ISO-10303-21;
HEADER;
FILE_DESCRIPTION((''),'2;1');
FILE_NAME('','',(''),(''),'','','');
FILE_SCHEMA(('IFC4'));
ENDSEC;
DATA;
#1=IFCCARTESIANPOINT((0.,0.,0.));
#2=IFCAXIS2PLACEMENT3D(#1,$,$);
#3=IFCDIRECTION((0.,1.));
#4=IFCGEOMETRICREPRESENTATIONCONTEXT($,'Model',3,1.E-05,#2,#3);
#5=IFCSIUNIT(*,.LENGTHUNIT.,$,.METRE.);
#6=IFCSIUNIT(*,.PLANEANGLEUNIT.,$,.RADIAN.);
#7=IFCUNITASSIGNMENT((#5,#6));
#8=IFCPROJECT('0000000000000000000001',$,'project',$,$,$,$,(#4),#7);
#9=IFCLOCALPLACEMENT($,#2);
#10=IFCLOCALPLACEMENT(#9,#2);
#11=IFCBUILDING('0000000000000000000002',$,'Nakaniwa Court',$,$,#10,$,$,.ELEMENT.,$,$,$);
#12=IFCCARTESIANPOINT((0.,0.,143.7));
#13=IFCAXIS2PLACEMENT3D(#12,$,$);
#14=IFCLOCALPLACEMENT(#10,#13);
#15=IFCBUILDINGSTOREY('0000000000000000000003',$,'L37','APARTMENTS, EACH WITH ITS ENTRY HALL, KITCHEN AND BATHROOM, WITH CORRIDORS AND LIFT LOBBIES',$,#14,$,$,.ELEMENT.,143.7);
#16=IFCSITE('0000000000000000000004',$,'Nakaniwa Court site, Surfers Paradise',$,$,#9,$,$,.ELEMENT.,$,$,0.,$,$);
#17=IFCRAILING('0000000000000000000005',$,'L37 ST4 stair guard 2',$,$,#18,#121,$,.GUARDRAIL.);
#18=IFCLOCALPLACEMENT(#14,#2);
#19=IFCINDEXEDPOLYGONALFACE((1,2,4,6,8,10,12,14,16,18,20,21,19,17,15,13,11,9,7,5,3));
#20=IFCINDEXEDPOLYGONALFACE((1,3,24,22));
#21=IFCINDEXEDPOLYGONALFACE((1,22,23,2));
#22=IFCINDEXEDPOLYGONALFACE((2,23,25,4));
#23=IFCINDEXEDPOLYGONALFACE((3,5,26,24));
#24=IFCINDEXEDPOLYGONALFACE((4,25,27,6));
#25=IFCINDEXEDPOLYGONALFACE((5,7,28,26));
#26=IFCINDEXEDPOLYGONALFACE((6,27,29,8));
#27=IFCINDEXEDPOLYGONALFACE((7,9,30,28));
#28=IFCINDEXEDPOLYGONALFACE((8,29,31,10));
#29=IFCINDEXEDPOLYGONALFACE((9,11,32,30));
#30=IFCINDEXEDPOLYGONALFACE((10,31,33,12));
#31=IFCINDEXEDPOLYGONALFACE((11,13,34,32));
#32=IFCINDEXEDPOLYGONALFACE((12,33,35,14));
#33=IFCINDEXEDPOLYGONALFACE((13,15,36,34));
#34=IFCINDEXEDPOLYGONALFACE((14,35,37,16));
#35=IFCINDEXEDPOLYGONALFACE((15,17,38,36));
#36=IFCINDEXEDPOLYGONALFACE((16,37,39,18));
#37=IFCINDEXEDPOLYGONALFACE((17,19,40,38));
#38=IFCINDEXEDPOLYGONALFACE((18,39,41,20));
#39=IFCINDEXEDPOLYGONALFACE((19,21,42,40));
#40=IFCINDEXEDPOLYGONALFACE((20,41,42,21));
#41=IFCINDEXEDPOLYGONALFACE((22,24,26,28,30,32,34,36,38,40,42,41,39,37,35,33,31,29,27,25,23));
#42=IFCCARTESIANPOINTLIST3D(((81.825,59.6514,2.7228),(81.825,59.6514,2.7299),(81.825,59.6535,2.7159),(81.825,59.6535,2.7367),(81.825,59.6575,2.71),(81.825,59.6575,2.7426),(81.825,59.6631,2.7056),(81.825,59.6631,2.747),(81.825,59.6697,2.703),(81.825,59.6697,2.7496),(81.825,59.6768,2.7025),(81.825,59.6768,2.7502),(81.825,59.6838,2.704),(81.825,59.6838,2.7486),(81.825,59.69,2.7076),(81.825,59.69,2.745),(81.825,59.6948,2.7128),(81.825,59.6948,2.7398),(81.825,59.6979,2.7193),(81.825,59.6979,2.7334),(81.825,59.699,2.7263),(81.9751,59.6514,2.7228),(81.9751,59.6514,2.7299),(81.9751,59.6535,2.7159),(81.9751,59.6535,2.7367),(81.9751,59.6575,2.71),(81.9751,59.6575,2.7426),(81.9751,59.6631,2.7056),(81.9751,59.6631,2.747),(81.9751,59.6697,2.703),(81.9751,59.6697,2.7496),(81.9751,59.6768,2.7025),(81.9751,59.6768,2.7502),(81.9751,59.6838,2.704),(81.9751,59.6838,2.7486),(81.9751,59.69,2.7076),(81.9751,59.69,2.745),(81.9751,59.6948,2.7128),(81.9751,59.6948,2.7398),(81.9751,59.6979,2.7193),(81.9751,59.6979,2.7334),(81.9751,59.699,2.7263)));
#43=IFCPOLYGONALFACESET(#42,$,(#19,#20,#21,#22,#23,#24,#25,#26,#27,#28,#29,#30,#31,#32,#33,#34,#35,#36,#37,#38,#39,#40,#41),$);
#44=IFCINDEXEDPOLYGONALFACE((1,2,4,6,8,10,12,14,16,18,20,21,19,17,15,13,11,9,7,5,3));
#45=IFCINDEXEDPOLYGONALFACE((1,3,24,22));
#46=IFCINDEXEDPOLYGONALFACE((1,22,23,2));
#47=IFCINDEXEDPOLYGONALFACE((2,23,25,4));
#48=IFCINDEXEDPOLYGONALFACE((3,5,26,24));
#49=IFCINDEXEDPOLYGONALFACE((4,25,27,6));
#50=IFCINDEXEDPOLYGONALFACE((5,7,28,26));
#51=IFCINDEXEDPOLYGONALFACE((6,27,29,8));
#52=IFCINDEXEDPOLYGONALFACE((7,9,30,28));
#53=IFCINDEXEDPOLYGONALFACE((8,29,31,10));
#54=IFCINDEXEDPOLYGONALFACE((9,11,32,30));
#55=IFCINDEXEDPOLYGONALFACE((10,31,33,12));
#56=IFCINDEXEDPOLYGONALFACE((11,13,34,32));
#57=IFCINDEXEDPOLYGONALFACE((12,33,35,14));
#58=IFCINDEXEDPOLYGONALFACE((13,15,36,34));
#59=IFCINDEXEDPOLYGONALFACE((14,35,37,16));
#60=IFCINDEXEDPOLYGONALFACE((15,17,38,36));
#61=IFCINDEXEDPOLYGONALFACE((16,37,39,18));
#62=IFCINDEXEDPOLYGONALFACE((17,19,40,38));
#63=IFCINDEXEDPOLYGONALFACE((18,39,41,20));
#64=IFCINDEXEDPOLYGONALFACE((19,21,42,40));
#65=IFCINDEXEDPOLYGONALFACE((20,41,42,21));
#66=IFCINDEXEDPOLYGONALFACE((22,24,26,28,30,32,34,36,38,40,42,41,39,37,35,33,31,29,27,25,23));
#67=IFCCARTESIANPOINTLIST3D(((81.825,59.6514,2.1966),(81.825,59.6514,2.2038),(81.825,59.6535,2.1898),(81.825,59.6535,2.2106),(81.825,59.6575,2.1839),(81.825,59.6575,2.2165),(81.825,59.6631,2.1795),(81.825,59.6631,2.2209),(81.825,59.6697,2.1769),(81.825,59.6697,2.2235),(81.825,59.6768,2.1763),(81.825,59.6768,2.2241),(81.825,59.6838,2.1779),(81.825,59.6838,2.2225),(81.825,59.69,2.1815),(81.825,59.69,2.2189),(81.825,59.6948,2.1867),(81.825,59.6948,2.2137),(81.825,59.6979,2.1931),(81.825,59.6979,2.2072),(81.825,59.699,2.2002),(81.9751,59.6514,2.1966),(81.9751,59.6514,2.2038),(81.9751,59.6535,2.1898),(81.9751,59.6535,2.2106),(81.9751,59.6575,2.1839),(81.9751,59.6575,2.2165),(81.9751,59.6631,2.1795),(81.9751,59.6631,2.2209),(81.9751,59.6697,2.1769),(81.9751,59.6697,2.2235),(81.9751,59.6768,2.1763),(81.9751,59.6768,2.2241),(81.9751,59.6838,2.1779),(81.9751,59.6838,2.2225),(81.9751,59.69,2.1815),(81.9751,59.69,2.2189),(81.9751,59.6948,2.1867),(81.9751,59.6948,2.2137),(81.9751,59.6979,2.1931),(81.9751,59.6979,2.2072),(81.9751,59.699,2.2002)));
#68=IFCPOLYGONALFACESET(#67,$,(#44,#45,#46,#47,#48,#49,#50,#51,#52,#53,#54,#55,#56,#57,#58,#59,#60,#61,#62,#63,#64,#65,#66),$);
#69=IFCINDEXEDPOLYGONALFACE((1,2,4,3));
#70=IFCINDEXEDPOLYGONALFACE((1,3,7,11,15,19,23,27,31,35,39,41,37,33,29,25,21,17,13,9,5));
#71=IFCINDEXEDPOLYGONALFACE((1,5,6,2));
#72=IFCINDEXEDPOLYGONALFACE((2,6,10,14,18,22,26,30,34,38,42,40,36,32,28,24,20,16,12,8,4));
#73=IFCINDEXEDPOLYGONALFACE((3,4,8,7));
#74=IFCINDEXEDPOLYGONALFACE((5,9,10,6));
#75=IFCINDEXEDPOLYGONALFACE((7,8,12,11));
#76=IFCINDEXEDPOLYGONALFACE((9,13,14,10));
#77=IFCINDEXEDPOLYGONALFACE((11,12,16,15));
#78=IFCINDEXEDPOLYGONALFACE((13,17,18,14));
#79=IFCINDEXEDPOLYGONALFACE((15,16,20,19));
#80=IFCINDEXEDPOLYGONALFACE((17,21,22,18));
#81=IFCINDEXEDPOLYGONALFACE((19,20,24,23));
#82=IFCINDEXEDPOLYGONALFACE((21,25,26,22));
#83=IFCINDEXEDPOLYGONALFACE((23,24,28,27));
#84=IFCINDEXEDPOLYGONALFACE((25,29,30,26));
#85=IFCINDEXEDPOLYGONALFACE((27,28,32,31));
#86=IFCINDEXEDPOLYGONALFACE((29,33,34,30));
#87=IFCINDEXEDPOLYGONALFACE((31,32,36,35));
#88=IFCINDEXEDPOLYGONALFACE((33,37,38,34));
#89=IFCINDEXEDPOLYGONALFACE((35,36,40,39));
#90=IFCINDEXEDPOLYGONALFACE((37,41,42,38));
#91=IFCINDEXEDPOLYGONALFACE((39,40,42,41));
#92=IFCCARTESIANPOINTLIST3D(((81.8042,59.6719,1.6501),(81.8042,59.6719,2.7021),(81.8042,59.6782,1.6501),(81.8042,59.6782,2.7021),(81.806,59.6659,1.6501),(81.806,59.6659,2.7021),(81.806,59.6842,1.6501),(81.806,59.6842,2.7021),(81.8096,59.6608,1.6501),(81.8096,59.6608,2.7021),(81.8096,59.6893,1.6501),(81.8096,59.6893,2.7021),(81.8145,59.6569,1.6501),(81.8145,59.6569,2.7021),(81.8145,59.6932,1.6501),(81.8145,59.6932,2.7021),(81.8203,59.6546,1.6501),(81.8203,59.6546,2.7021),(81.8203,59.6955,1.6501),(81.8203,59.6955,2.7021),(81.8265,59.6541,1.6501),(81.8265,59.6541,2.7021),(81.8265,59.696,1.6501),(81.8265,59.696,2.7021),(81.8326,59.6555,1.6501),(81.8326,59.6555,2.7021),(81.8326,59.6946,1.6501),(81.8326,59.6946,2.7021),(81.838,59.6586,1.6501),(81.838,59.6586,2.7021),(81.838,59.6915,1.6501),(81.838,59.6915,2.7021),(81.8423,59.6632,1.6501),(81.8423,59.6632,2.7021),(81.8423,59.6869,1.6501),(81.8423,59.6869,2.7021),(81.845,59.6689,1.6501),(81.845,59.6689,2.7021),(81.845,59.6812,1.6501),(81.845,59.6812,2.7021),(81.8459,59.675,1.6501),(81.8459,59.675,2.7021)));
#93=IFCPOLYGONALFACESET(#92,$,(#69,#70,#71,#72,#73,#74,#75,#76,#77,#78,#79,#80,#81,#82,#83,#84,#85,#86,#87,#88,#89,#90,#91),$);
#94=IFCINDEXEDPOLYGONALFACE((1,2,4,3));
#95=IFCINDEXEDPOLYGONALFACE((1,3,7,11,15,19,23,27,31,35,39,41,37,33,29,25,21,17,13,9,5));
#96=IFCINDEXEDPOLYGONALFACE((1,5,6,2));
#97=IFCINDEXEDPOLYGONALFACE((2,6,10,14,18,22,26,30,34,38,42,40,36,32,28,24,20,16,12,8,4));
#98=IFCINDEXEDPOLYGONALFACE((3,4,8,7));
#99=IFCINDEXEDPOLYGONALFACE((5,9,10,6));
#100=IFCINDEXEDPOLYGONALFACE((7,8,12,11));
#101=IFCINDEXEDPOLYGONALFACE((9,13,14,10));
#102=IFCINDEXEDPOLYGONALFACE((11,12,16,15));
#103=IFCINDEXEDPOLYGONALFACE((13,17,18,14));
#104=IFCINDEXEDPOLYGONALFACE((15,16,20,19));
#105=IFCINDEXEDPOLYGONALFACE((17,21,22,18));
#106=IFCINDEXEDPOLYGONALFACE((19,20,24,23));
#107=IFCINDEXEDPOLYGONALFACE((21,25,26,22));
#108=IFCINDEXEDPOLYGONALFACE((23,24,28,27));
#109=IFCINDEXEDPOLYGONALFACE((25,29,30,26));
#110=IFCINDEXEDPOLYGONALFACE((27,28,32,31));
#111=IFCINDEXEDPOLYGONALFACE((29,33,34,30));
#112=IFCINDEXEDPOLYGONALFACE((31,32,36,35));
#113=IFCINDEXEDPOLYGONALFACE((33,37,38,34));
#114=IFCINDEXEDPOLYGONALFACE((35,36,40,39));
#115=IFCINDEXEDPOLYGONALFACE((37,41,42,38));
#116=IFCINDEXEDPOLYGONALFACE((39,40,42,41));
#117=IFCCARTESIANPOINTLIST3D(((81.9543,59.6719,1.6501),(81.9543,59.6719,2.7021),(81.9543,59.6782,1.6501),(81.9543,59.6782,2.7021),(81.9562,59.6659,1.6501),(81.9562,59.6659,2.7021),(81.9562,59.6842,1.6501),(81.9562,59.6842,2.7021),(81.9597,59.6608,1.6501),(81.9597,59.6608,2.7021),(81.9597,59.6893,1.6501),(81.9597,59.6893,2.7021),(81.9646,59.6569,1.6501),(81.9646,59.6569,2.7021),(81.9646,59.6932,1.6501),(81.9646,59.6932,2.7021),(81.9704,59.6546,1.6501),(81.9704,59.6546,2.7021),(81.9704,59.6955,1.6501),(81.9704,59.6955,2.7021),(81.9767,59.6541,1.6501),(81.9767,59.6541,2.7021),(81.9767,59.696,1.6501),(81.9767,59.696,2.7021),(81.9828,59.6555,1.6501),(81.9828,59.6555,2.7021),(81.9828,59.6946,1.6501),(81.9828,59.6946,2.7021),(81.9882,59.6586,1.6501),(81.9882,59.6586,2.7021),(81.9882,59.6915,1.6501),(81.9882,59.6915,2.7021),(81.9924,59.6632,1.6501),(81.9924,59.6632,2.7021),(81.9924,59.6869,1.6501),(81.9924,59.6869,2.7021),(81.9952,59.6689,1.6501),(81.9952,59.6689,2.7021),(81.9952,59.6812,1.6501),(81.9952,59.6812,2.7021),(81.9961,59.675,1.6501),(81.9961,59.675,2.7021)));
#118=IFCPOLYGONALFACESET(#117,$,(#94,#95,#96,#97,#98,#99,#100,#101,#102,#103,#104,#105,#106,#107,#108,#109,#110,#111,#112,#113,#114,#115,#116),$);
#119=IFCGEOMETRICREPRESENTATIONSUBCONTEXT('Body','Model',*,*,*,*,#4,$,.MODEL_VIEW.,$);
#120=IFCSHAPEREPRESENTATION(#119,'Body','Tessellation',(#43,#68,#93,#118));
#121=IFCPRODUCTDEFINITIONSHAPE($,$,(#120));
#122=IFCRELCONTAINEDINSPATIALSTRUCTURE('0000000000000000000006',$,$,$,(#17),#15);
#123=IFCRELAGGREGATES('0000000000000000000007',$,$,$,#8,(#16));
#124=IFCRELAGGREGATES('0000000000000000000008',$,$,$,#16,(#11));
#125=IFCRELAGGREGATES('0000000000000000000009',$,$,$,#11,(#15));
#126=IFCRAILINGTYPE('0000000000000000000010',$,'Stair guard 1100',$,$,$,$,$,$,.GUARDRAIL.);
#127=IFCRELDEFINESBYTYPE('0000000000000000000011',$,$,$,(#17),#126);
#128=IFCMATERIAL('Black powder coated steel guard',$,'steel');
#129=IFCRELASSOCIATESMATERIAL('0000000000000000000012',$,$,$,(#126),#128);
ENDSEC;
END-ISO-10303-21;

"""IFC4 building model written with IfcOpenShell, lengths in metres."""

from ifc_helpers import new_model, si_unit, direction, frame, origin, origin_2d, place, context, subcontext, project, spatial, circle, extrude, material, type_object, element, save


model = new_model("IFC4")

# Units and contexts
model_context = context("Model", 3, precision=1e-05, world=origin(), true_north=direction((0.0, 1.0)))
body_context = subcontext(model_context, "Body", "Model", "MODEL_VIEW")
ifc_project = project(units=[si_unit("LENGTHUNIT", "METRE"), si_unit("PLANEANGLEUNIT", "RADIAN")], contexts=[model_context])

# Site, building, storey
site_placement = place(None, origin())
site = spatial("IfcSite", under=ifc_project, at=site_placement, Name="Nakaniwa Court site, Surfers Paradise", CompositionType="ELEMENT", RefElevation=0.0)
building_placement = place(site_placement, origin())
building = spatial("IfcBuilding", under=site, at=building_placement, Name="Nakaniwa Court", CompositionType="ELEMENT")
storey_placement = place(building_placement, frame((0.0, 0.0, 143.7)))
storey = spatial("IfcBuildingStorey", under=building, at=storey_placement, Name="L37", Description="APARTMENTS, EACH WITH ITS ENTRY HALL, KITCHEN AND BATHROOM, WITH CORRIDORS AND LIFT LOBBIES", CompositionType="ELEMENT", Elevation=143.7)

# Railing
ifc_material_1 = material(Name="Black powder coated steel guard", Category="steel")
railing_type_1 = type_object("IfcRailingType", Name="Stair guard 1100", PredefinedType="GUARDRAIL", material=ifc_material_1)
railing_1_placement = place(storey_placement, frame((81.825, 59.675, 1.6501)))
element("IfcRailing", 1, at=railing_1_placement, inside=storey, type_object=railing_type_1, Name="L37 ST4 stair guard 2", PredefinedType="GUARDRAIL", context=body_context, shape_type="SweptSolid", body=[
    extrude(circle(Radius=0.0239, at=origin_2d()), frame((0.0, 0.0, 1.0762), z_axis=(1.0, 0.0, 0.0), x_axis=(0.0, 1.0, 0.0)), (0.0, 0.0, 1.0), 0.1501),
    extrude(circle(Radius=0.0239, at=origin_2d()), frame((0.0, 0.0, 0.55), z_axis=(1.0, 0.0, 0.0), x_axis=(0.0, 1.0, 0.0)), (0.0, 0.0, 1.0), 0.1501),
    extrude(circle(Radius=0.021, at=origin_2d()), origin(), (0.0, 0.0, 1.0), 1.052),
    extrude(circle(Radius=0.021, at=origin_2d()), frame((0.1501, 0.0, 0.0)), (0.0, 0.0, 1.0), 1.052),
])

save(model, "model.ifc")
